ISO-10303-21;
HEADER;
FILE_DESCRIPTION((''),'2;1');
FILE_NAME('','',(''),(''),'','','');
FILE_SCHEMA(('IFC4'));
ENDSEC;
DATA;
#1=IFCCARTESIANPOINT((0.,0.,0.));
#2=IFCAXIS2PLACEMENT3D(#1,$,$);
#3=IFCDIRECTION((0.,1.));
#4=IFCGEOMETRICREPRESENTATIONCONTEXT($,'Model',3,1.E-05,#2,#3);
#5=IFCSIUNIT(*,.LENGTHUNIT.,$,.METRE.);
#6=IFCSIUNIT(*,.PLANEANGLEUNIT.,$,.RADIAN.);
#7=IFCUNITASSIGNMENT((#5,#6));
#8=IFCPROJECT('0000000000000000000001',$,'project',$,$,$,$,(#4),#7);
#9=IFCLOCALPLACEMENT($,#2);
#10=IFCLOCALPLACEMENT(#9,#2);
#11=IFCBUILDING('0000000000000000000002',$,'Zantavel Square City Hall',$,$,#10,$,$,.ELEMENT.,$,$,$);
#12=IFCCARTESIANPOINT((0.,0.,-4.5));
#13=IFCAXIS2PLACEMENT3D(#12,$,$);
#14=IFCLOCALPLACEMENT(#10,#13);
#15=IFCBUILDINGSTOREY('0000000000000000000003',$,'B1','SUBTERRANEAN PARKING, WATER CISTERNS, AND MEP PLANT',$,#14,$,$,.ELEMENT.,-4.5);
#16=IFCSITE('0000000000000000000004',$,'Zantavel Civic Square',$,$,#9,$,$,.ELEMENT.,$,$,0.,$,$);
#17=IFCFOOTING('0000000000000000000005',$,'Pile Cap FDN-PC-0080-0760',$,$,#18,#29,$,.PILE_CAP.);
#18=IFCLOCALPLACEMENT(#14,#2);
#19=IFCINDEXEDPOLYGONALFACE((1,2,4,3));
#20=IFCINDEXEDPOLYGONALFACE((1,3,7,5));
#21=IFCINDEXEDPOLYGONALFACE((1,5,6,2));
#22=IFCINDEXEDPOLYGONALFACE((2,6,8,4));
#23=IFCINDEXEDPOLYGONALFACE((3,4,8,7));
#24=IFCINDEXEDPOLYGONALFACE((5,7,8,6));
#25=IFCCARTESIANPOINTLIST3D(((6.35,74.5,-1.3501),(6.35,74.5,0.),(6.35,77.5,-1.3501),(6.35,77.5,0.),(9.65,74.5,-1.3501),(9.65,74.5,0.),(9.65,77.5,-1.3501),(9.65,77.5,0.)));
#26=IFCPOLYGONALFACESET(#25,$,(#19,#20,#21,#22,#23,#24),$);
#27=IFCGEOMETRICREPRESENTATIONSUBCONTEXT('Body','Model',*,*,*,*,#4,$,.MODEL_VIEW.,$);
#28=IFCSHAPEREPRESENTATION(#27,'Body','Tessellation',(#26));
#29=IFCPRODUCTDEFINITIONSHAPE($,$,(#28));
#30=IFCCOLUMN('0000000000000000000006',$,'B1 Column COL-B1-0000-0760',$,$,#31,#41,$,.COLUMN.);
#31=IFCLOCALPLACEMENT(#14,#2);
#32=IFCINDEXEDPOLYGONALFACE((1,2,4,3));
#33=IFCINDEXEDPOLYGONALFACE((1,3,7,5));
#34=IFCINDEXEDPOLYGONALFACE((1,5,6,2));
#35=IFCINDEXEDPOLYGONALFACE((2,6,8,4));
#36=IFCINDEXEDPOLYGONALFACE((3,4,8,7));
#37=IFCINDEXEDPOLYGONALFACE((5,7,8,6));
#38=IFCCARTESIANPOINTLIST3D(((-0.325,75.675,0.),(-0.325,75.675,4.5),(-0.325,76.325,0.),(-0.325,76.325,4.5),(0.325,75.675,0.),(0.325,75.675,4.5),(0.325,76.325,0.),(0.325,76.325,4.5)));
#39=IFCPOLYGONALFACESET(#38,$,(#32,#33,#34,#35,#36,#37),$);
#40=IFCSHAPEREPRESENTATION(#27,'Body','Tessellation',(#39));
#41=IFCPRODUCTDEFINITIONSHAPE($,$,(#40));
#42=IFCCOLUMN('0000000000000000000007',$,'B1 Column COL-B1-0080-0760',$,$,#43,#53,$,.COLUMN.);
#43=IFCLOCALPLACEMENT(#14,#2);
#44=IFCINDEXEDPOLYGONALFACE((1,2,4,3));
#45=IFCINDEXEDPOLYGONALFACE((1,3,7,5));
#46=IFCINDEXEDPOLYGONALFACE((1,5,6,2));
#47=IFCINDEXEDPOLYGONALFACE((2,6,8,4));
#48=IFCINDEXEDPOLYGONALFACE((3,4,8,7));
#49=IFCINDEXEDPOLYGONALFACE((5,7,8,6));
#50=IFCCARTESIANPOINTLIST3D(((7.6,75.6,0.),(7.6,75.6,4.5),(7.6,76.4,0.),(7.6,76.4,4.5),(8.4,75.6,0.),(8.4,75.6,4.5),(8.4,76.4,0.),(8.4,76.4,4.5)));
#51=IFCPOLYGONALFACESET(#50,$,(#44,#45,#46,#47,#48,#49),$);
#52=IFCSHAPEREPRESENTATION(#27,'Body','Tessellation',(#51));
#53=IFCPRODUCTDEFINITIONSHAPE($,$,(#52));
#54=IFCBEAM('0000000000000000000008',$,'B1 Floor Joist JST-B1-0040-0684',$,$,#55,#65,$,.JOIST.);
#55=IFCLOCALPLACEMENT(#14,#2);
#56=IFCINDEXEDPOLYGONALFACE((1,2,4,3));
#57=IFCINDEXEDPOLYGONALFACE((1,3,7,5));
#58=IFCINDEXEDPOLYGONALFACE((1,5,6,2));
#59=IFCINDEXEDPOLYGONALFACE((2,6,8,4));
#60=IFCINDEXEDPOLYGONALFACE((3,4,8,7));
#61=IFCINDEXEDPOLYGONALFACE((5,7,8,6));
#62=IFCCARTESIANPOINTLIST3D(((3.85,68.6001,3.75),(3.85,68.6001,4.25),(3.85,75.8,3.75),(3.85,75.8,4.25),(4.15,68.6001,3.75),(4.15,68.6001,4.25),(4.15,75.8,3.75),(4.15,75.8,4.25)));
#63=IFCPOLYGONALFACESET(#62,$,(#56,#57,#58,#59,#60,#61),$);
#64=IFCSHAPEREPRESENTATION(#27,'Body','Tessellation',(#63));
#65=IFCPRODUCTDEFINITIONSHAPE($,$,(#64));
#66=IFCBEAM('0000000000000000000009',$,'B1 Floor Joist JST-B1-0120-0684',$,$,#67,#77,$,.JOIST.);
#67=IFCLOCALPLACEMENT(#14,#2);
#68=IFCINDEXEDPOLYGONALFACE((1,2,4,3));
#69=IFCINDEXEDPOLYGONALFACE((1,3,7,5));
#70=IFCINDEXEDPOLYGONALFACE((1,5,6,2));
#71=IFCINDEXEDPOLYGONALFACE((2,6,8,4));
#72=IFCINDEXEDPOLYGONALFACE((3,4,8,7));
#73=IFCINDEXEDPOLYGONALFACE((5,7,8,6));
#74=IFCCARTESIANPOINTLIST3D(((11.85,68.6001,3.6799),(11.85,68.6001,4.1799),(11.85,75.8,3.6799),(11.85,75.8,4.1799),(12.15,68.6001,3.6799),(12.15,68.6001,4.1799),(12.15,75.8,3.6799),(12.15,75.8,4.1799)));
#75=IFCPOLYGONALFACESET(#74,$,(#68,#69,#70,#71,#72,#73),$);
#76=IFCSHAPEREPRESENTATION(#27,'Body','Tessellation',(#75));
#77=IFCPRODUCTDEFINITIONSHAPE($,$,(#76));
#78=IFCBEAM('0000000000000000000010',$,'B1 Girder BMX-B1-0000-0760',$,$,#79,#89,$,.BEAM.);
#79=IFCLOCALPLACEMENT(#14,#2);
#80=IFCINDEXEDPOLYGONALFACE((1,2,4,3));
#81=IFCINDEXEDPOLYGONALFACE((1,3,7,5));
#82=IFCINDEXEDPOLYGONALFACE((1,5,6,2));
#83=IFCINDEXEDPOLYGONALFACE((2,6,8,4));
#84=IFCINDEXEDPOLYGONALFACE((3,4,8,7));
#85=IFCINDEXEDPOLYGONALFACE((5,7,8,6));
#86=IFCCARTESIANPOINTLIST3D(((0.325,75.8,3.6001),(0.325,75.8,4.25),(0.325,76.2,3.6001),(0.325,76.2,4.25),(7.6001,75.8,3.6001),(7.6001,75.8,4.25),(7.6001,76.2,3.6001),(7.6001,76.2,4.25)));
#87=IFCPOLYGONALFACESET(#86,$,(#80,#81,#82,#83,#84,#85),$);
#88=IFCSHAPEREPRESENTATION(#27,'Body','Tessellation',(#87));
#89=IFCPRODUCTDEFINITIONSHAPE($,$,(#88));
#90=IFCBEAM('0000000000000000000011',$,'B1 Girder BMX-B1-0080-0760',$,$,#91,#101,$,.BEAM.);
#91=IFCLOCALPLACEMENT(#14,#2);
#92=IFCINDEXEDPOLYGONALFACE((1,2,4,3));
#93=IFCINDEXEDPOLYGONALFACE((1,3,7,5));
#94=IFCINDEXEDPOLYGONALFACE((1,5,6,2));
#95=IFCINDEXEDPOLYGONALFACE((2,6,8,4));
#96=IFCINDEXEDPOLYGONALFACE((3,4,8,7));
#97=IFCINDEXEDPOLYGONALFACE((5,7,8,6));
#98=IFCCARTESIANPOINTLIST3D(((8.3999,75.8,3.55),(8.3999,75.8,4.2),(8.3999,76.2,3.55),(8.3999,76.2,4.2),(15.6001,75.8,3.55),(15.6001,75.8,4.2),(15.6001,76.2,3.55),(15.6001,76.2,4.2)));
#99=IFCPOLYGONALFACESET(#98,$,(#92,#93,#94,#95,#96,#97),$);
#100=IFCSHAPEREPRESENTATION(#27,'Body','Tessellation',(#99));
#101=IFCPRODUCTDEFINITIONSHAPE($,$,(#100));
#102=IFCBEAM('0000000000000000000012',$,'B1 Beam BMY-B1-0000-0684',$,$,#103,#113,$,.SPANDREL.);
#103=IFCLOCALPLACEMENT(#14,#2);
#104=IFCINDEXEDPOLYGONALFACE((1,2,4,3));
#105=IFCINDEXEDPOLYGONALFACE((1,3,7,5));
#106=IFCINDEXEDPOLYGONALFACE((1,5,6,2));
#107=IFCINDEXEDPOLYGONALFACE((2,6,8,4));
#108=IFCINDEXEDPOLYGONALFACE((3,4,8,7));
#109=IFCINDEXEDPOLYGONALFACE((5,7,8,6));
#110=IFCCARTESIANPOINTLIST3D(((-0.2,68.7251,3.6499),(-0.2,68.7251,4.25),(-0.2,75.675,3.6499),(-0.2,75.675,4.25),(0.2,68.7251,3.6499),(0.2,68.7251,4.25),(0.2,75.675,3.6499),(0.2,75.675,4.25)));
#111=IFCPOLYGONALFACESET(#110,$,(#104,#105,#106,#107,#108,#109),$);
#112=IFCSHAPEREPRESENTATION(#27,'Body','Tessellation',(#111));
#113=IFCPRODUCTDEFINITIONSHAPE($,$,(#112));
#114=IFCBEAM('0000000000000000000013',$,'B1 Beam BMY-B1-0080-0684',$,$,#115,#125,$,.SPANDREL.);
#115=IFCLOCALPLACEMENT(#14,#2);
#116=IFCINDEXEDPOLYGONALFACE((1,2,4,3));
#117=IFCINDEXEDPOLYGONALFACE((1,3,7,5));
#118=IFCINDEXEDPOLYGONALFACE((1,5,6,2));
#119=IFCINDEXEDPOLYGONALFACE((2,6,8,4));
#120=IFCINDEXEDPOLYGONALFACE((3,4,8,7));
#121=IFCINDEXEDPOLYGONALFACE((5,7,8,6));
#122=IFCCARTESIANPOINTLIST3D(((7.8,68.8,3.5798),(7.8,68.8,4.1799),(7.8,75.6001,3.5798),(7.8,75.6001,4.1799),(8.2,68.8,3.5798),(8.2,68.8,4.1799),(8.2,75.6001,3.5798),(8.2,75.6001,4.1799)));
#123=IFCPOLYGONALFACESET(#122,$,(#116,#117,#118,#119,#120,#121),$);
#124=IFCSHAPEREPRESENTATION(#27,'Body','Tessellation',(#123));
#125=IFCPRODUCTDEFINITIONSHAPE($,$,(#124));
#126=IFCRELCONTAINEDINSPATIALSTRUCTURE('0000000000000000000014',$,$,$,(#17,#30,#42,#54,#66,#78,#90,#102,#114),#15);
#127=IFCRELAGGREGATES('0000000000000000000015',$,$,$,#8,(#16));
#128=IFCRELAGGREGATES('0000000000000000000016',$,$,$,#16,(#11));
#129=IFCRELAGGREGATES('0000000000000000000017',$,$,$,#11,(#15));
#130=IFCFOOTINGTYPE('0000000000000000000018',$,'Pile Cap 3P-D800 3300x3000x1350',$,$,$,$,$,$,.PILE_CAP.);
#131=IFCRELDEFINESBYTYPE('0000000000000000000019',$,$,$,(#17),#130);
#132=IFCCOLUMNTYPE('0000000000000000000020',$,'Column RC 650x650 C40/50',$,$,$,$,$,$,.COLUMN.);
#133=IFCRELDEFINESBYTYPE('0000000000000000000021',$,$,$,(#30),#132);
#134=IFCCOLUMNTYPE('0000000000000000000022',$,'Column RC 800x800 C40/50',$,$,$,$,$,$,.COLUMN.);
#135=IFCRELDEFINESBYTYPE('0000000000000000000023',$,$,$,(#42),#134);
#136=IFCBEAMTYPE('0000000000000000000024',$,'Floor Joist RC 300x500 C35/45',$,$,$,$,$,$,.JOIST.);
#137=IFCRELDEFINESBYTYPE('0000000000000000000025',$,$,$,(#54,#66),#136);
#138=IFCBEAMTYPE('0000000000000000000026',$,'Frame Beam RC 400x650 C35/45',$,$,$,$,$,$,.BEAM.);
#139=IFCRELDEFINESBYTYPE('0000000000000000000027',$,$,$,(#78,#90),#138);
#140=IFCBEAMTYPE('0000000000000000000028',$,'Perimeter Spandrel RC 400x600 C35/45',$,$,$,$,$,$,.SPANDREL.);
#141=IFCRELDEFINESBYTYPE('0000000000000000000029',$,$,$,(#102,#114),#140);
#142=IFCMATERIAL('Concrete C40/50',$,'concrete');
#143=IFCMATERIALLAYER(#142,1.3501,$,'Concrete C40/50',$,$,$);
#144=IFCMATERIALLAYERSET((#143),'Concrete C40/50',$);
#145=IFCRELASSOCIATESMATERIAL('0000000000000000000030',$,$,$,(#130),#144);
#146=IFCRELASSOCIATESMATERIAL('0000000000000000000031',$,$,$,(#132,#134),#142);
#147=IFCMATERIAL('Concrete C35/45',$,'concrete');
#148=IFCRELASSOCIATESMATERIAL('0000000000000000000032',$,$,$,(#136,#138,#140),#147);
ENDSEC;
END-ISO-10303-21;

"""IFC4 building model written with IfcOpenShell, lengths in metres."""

from ifc_helpers import new_model, si_unit, direction, frame, origin, origin_2d, place, context, subcontext, project, spatial, rectangle, extrude, material, layer, layer_set, material_profile, profile_set, type_object, element, save


model = new_model("IFC4")

# Units and contexts
model_context = context("Model", 3, precision=1e-05, world=origin(), true_north=direction((0.0, 1.0)))
body_context = subcontext(model_context, "Body", "Model", "MODEL_VIEW")
ifc_project = project(units=[si_unit("LENGTHUNIT", "METRE"), si_unit("PLANEANGLEUNIT", "RADIAN")], contexts=[model_context])

# Site, building, storey
site_placement = place(None, origin())
site = spatial("IfcSite", under=ifc_project, at=site_placement, Name="Zantavel Civic Square", CompositionType="ELEMENT", RefElevation=0.0)
building_placement = place(site_placement, origin())
building = spatial("IfcBuilding", under=site, at=building_placement, Name="Zantavel Square City Hall", CompositionType="ELEMENT")
storey_placement = place(building_placement, frame((0.0, 0.0, -4.5)))
storey = spatial("IfcBuildingStorey", under=building, at=storey_placement, Name="B1", Description="SUBTERRANEAN PARKING, WATER CISTERNS, AND MEP PLANT", CompositionType="ELEMENT", Elevation=-4.5)

# Shared definitions
ifc_material_1 = material(Name="Concrete C35/45", Category="concrete")

# Footing
ifc_material_2 = material(Name="Concrete C40/50", Category="concrete")
ifc_layer_1 = layer(ifc_material_2, 1.3501, Name="Concrete C40/50")
ifc_layer_set_1 = layer_set([ifc_layer_1], Name="Concrete C40/50")
footing_type_1 = type_object("IfcFootingType", Name="Pile Cap 3P-D800 3300x3000x1350", PredefinedType="PILE_CAP", material=ifc_layer_set_1)
footing_1_placement = place(storey_placement, frame((8.0, 76.0, -1.3501), z_axis=(0.0, 0.0, 1.0), x_axis=(1.0, 0.0, 0.0)))
element("IfcFooting", 1, at=footing_1_placement, inside=storey, type_object=footing_type_1, Name="Pile Cap FDN-PC-0080-0760", PredefinedType="PILE_CAP", context=body_context, shape_type="SweptSolid", body=[
    extrude(rectangle(XDim=3.3, YDim=3.0, at=origin_2d()), origin(), (0.0, 0.0, 1.0), 1.3501),
])

# Columns
ifc_material_profile_1 = material_profile(ifc_material_2, rectangle(XDim=0.6499, YDim=0.6499, at=origin_2d()), Name="RC 650x650")
ifc_profile_set_1 = profile_set([ifc_material_profile_1], Name="Concrete C40/50")
column_type_1 = type_object("IfcColumnType", Name="Column RC 650x650 C40/50", PredefinedType="COLUMN", material=ifc_profile_set_1)
column_1_placement = place(storey_placement, frame((0.0, 76.0, 0.0), z_axis=(0.0, 0.0, 1.0), x_axis=(1.0, 0.0, 0.0)))
element("IfcColumn", 2, at=column_1_placement, inside=storey, type_object=column_type_1, Name="B1 Column COL-B1-0000-0760", PredefinedType="COLUMN", context=body_context, shape_type="SweptSolid", body=[
    extrude(rectangle(XDim=0.6499, YDim=0.6499, at=origin_2d()), origin(), (0.0, 0.0, 1.0), 4.5),
])
ifc_material_profile_2 = material_profile(ifc_material_2, rectangle(XDim=0.8, YDim=0.8, at=origin_2d()), Name="RC 800x800")
ifc_profile_set_2 = profile_set([ifc_material_profile_2], Name="Concrete C40/50")
column_type_2 = type_object("IfcColumnType", Name="Column RC 800x800 C40/50", PredefinedType="COLUMN", material=ifc_profile_set_2)
column_2_placement = place(storey_placement, frame((8.0, 76.0, 0.0), z_axis=(0.0, 0.0, 1.0), x_axis=(1.0, 0.0, 0.0)))
element("IfcColumn", 3, at=column_2_placement, inside=storey, type_object=column_type_2, Name="B1 Column COL-B1-0080-0760", PredefinedType="COLUMN", context=body_context, shape_type="SweptSolid", body=[
    extrude(rectangle(XDim=0.8, YDim=0.8, at=origin_2d()), origin(), (0.0, 0.0, 1.0), 4.5),
])

# Beams
ifc_material_profile_3 = material_profile(ifc_material_1, rectangle(XDim=0.3, YDim=0.5, at=origin_2d()), Name="RC 300x500")
ifc_profile_set_3 = profile_set([ifc_material_profile_3], Name="Concrete C35/45")
beam_type_1 = type_object("IfcBeamType", Name="Floor Joist RC 300x500 C35/45", PredefinedType="JOIST", material=ifc_profile_set_3)
for number, where, z_axis, x_axis, name in (
    (4, (4.0, 68.6001, 4.0), (0.0, 1.0, 0.0), (-1.0, 0.0, 0.0), "B1 Floor Joist JST-B1-0040-0684"),
    (5, (12.0, 68.6001, 3.9299), (0.0, 1.0, 0.0), (-1.0, 0.0, 0.0), "B1 Floor Joist JST-B1-0120-0684"),
):
    element("IfcBeam", number, at=place(storey_placement, frame(where, z_axis=z_axis, x_axis=x_axis)), inside=storey, type_object=beam_type_1, Name=name, PredefinedType="JOIST", context=body_context, shape_type="SweptSolid", body=[
        extrude(rectangle(XDim=0.3, YDim=0.5, at=origin_2d()), origin(), (0.0, 0.0, 1.0), 7.2),
    ])
ifc_material_profile_4 = material_profile(ifc_material_1, rectangle(XDim=0.3999, YDim=0.6499, at=origin_2d()), Name="RC 400x650")
ifc_profile_set_4 = profile_set([ifc_material_profile_4], Name="Concrete C35/45")
beam_type_2 = type_object("IfcBeamType", Name="Frame Beam RC 400x650 C35/45", PredefinedType="BEAM", material=ifc_profile_set_4)
beam_1_placement = place(storey_placement, frame((0.325, 76.0, 3.925), z_axis=(1.0, 0.0, 0.0), x_axis=(0.0, 1.0, 0.0)))
element("IfcBeam", 6, at=beam_1_placement, inside=storey, type_object=beam_type_2, Name="B1 Girder BMX-B1-0000-0760", PredefinedType="BEAM", context=body_context, shape_type="SweptSolid", body=[
    extrude(rectangle(XDim=0.3999, YDim=0.6499, at=origin_2d()), origin(), (0.0, 0.0, 1.0), 7.2751),
])
beam_2_placement = place(storey_placement, frame((8.3999, 76.0, 3.875), z_axis=(1.0, 0.0, 0.0), x_axis=(0.0, 1.0, 0.0)))
element("IfcBeam", 7, at=beam_2_placement, inside=storey, type_object=beam_type_2, Name="B1 Girder BMX-B1-0080-0760", PredefinedType="BEAM", context=body_context, shape_type="SweptSolid", body=[
    extrude(rectangle(XDim=0.3999, YDim=0.6499, at=origin_2d()), origin(), (0.0, 0.0, 1.0), 7.2002),
])
ifc_material_profile_5 = material_profile(ifc_material_1, rectangle(XDim=0.3999, YDim=0.6001, at=origin_2d()), Name="RC 400x600")
ifc_profile_set_5 = profile_set([ifc_material_profile_5], Name="Concrete C35/45")
beam_type_3 = type_object("IfcBeamType", Name="Perimeter Spandrel RC 400x600 C35/45", PredefinedType="SPANDREL", material=ifc_profile_set_5)
beam_3_placement = place(storey_placement, frame((0.0, 68.7251, 3.95), z_axis=(0.0, 1.0, 0.0), x_axis=(-1.0, 0.0, 0.0)))
element("IfcBeam", 8, at=beam_3_placement, inside=storey, type_object=beam_type_3, Name="B1 Beam BMY-B1-0000-0684", PredefinedType="SPANDREL", context=body_context, shape_type="SweptSolid", body=[
    extrude(rectangle(XDim=0.3999, YDim=0.6001, at=origin_2d()), origin(), (0.0, 0.0, 1.0), 6.95),
])
beam_4_placement = place(storey_placement, frame((8.0, 68.8, 3.8799), z_axis=(0.0, 1.0, 0.0), x_axis=(-1.0, 0.0, 0.0)))
element("IfcBeam", 9, at=beam_4_placement, inside=storey, type_object=beam_type_3, Name="B1 Beam BMY-B1-0080-0684", PredefinedType="SPANDREL", context=body_context, shape_type="SweptSolid", body=[
    extrude(rectangle(XDim=0.3999, YDim=0.6001, at=origin_2d()), origin(), (0.0, 0.0, 1.0), 6.8),
])

save(model, "model.ifc")
